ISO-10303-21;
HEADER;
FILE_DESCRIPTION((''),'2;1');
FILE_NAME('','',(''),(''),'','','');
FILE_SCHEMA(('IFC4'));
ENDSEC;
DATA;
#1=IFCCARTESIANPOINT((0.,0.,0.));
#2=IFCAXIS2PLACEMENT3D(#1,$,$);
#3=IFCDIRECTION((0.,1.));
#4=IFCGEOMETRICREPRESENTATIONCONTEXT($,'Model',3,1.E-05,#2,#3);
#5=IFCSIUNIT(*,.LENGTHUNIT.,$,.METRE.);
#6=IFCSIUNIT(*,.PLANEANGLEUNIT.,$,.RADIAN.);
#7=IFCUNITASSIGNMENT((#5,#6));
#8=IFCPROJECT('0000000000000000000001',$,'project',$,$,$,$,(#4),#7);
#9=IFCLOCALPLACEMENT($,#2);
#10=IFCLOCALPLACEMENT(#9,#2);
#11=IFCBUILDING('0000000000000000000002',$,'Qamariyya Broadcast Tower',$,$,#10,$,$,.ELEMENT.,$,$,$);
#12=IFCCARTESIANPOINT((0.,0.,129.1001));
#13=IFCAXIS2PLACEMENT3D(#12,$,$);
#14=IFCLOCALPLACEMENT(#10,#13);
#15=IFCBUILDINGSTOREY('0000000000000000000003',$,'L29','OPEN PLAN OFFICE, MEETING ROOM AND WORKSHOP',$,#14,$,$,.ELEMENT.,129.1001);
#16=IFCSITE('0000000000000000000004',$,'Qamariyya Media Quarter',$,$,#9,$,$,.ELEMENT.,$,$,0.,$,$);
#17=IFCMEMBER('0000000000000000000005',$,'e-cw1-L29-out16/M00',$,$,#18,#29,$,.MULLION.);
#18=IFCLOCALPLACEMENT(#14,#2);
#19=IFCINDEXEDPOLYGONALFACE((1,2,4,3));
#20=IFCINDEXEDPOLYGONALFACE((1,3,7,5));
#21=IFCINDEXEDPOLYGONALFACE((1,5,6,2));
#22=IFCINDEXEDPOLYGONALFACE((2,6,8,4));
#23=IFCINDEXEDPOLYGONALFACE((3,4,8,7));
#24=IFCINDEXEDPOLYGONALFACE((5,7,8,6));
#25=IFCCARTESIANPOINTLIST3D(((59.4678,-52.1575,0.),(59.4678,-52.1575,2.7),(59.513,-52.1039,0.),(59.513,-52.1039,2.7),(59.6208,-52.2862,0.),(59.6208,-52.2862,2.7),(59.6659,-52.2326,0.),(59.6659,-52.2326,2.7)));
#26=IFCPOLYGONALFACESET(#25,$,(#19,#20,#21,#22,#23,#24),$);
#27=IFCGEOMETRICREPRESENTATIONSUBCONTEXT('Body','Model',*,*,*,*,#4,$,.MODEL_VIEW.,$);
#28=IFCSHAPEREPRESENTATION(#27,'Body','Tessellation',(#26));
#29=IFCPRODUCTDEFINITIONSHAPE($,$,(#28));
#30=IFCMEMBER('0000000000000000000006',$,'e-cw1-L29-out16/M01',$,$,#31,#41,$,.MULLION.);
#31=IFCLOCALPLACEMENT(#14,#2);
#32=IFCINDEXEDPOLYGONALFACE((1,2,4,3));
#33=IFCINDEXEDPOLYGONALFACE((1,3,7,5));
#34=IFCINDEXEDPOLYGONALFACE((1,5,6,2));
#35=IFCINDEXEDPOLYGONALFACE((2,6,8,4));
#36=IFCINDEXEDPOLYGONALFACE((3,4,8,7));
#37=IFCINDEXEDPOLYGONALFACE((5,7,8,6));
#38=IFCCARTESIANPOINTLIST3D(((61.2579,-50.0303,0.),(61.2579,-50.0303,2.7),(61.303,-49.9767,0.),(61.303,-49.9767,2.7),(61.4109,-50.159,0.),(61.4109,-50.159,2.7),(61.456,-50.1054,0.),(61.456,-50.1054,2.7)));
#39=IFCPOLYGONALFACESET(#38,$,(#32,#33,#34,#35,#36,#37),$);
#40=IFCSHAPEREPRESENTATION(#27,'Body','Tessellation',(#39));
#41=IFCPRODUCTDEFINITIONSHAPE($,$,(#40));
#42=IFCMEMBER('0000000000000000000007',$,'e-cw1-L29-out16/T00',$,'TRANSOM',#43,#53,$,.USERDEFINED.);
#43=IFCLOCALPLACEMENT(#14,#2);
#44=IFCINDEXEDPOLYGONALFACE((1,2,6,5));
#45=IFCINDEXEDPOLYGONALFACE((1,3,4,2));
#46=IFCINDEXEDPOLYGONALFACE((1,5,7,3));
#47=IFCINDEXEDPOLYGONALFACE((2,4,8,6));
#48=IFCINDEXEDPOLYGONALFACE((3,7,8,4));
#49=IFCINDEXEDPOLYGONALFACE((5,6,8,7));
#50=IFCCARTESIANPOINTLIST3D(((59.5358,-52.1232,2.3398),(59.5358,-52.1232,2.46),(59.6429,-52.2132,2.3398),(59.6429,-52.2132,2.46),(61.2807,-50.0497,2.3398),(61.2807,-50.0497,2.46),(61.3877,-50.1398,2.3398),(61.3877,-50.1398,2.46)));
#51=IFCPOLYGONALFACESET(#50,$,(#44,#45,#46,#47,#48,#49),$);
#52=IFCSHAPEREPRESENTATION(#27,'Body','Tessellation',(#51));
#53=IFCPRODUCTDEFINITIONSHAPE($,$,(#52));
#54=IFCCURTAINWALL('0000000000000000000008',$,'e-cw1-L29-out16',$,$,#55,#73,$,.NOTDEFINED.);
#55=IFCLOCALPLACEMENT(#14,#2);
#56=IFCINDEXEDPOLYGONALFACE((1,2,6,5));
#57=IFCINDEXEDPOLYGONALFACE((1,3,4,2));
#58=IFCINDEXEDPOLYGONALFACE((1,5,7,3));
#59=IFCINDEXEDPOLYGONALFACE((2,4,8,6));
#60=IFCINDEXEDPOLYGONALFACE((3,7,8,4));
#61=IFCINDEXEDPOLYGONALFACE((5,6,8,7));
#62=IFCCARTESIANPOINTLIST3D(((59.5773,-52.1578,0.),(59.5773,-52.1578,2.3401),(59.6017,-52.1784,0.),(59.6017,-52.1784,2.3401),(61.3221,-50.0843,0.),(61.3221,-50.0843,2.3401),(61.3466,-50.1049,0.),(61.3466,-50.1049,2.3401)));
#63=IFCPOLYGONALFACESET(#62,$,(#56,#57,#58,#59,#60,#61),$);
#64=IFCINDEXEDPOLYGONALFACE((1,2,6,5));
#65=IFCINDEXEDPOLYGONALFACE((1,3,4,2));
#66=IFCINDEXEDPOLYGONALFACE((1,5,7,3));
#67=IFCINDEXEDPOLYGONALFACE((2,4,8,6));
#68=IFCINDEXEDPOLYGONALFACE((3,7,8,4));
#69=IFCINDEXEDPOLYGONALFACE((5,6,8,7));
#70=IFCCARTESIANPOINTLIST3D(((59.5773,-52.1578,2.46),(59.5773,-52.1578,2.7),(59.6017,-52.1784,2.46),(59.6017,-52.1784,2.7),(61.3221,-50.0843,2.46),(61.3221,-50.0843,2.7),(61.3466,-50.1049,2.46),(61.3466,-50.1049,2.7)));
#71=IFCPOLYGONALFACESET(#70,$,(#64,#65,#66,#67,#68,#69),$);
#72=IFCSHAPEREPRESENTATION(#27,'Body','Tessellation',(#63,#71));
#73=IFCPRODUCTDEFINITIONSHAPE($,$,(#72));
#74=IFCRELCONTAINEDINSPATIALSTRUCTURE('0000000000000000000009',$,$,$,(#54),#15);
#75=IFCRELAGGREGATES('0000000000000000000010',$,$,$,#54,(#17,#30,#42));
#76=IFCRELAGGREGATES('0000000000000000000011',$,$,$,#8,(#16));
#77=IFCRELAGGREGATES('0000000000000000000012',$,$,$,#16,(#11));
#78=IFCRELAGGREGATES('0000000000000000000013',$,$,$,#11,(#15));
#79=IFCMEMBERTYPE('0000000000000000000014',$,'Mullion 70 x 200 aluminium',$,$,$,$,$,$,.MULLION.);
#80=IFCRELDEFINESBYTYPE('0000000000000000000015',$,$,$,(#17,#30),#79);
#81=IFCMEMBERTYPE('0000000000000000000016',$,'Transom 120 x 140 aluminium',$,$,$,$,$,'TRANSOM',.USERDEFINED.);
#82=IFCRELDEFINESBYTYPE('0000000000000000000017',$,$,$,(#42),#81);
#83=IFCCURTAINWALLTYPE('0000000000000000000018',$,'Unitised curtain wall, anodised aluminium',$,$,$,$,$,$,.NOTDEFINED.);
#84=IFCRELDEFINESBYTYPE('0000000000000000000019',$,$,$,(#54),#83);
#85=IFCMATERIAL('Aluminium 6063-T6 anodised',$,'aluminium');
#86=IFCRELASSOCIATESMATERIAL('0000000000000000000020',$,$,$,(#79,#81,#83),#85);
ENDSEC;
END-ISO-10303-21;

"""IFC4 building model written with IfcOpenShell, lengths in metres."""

from ifc_helpers import new_model, si_unit, direction, frame, origin, origin_2d, place, context, subcontext, project, spatial, rectangle, extrude, material, material_profile, profile_set, type_object, element, aggregate, save


model = new_model("IFC4")

# Units and contexts
model_context = context("Model", 3, precision=1e-05, world=origin(), true_north=direction((0.0, 1.0)))
body_context = subcontext(model_context, "Body", "Model", "MODEL_VIEW")
ifc_project = project(units=[si_unit("LENGTHUNIT", "METRE"), si_unit("PLANEANGLEUNIT", "RADIAN")], contexts=[model_context])

# Members
ifc_material = material(Name="Aluminium 6063-T6 anodised", Category="aluminium")
ifc_material_profile_1 = material_profile(ifc_material, rectangle(XDim=0.2, YDim=0.0701, at=origin_2d()))
ifc_profile_set_1 = profile_set([ifc_material_profile_1], Name="Aluminium 6063-T6 anodised")
member_type_1 = type_object("IfcMemberType", Name="Mullion 70 x 200 aluminium", PredefinedType="MULLION", material=ifc_profile_set_1)
site_placement = place(None, origin())
building_placement = place(site_placement, origin())
storey_placement = place(building_placement, frame((0.0, 0.0, 129.1001)))
member_1_placement = place(storey_placement, frame((59.5669, -52.1951, 0.0), z_axis=(0.0, 0.0, 1.0), x_axis=(-0.765132, 0.643873, 0.0)))
member_1 = element("IfcMember", 1, at=member_1_placement, type_object=member_type_1, Name="e-cw1-L29-out16/M00", PredefinedType="MULLION", context=body_context, shape_type="SweptSolid", body=[
    extrude(rectangle(XDim=0.2, YDim=0.0701, at=origin_2d()), origin(), (0.0, 0.0, 1.0), 2.7),
])
member_2_placement = place(storey_placement, frame((61.3569, -50.0679, 0.0), z_axis=(0.0, 0.0, 1.0), x_axis=(-0.765132, 0.643873, 0.0)))
member_2 = element("IfcMember", 2, at=member_2_placement, type_object=member_type_1, Name="e-cw1-L29-out16/M01", PredefinedType="MULLION", context=body_context, shape_type="SweptSolid", body=[
    extrude(rectangle(XDim=0.2, YDim=0.0701, at=origin_2d()), origin(), (0.0, 0.0, 1.0), 2.7),
])
ifc_material_profile_2 = material_profile(ifc_material, rectangle(XDim=0.1399, YDim=0.1201, at=origin_2d()))
ifc_profile_set_2 = profile_set([ifc_material_profile_2], Name="Aluminium 6063-T6 anodised")
member_type_2 = type_object("IfcMemberType", Name="Transom 120 x 140 aluminium", ElementType="TRANSOM", PredefinedType="USERDEFINED", material=ifc_profile_set_2)
member_3_placement = place(storey_placement, frame((59.5894, -52.1682, 2.3999), z_axis=(0.643872, 0.765133, 0.0), x_axis=(-0.765133, 0.643872, 0.0)))
member_3 = element("IfcMember", 3, at=member_3_placement, type_object=member_type_2, Name="e-cw1-L29-out16/T00", ObjectType="TRANSOM", PredefinedType="USERDEFINED", context=body_context, shape_type="SweptSolid", body=[
    extrude(rectangle(XDim=0.1399, YDim=0.1201, at=origin_2d()), origin(), (0.0, 0.0, 1.0), 2.71),
])

# Site, building, storey
site = spatial("IfcSite", under=ifc_project, at=site_placement, Name="Qamariyya Media Quarter", CompositionType="ELEMENT", RefElevation=0.0)
building = spatial("IfcBuilding", under=site, at=building_placement, Name="Qamariyya Broadcast Tower", CompositionType="ELEMENT")
storey = spatial("IfcBuildingStorey", under=building, at=storey_placement, Name="L29", Description="OPEN PLAN OFFICE, MEETING ROOM AND WORKSHOP", CompositionType="ELEMENT", Elevation=129.1001)

# Curtain wall
curtain_wall_type = type_object("IfcCurtainWallType", Name="Unitised curtain wall, anodised aluminium", PredefinedType="NOTDEFINED", material=ifc_material)
curtain_wall_1_placement = place(storey_placement, origin())
curtain_wall_1 = element("IfcCurtainWall", 4, at=curtain_wall_1_placement, inside=storey, type_object=curtain_wall_type, Name="e-cw1-L29-out16", PredefinedType="NOTDEFINED", context=body_context, shape_type="SweptSolid", body=[
    extrude(rectangle(XDim=2.71, YDim=0.032, at=origin_2d()), frame((60.4619, -51.1313, 0.0), x_axis=(0.643851, 0.765151, 0.0)), (0.0, 0.0, 1.0), 2.3401),
    extrude(rectangle(XDim=2.71, YDim=0.032, at=origin_2d()), frame((60.4619, -51.1313, 2.46), x_axis=(0.643851, 0.765151, 0.0)), (0.0, 0.0, 1.0), 0.24),
])
aggregate(curtain_wall_1, [member_1, member_2, member_3])

save(model, "model.ifc")
